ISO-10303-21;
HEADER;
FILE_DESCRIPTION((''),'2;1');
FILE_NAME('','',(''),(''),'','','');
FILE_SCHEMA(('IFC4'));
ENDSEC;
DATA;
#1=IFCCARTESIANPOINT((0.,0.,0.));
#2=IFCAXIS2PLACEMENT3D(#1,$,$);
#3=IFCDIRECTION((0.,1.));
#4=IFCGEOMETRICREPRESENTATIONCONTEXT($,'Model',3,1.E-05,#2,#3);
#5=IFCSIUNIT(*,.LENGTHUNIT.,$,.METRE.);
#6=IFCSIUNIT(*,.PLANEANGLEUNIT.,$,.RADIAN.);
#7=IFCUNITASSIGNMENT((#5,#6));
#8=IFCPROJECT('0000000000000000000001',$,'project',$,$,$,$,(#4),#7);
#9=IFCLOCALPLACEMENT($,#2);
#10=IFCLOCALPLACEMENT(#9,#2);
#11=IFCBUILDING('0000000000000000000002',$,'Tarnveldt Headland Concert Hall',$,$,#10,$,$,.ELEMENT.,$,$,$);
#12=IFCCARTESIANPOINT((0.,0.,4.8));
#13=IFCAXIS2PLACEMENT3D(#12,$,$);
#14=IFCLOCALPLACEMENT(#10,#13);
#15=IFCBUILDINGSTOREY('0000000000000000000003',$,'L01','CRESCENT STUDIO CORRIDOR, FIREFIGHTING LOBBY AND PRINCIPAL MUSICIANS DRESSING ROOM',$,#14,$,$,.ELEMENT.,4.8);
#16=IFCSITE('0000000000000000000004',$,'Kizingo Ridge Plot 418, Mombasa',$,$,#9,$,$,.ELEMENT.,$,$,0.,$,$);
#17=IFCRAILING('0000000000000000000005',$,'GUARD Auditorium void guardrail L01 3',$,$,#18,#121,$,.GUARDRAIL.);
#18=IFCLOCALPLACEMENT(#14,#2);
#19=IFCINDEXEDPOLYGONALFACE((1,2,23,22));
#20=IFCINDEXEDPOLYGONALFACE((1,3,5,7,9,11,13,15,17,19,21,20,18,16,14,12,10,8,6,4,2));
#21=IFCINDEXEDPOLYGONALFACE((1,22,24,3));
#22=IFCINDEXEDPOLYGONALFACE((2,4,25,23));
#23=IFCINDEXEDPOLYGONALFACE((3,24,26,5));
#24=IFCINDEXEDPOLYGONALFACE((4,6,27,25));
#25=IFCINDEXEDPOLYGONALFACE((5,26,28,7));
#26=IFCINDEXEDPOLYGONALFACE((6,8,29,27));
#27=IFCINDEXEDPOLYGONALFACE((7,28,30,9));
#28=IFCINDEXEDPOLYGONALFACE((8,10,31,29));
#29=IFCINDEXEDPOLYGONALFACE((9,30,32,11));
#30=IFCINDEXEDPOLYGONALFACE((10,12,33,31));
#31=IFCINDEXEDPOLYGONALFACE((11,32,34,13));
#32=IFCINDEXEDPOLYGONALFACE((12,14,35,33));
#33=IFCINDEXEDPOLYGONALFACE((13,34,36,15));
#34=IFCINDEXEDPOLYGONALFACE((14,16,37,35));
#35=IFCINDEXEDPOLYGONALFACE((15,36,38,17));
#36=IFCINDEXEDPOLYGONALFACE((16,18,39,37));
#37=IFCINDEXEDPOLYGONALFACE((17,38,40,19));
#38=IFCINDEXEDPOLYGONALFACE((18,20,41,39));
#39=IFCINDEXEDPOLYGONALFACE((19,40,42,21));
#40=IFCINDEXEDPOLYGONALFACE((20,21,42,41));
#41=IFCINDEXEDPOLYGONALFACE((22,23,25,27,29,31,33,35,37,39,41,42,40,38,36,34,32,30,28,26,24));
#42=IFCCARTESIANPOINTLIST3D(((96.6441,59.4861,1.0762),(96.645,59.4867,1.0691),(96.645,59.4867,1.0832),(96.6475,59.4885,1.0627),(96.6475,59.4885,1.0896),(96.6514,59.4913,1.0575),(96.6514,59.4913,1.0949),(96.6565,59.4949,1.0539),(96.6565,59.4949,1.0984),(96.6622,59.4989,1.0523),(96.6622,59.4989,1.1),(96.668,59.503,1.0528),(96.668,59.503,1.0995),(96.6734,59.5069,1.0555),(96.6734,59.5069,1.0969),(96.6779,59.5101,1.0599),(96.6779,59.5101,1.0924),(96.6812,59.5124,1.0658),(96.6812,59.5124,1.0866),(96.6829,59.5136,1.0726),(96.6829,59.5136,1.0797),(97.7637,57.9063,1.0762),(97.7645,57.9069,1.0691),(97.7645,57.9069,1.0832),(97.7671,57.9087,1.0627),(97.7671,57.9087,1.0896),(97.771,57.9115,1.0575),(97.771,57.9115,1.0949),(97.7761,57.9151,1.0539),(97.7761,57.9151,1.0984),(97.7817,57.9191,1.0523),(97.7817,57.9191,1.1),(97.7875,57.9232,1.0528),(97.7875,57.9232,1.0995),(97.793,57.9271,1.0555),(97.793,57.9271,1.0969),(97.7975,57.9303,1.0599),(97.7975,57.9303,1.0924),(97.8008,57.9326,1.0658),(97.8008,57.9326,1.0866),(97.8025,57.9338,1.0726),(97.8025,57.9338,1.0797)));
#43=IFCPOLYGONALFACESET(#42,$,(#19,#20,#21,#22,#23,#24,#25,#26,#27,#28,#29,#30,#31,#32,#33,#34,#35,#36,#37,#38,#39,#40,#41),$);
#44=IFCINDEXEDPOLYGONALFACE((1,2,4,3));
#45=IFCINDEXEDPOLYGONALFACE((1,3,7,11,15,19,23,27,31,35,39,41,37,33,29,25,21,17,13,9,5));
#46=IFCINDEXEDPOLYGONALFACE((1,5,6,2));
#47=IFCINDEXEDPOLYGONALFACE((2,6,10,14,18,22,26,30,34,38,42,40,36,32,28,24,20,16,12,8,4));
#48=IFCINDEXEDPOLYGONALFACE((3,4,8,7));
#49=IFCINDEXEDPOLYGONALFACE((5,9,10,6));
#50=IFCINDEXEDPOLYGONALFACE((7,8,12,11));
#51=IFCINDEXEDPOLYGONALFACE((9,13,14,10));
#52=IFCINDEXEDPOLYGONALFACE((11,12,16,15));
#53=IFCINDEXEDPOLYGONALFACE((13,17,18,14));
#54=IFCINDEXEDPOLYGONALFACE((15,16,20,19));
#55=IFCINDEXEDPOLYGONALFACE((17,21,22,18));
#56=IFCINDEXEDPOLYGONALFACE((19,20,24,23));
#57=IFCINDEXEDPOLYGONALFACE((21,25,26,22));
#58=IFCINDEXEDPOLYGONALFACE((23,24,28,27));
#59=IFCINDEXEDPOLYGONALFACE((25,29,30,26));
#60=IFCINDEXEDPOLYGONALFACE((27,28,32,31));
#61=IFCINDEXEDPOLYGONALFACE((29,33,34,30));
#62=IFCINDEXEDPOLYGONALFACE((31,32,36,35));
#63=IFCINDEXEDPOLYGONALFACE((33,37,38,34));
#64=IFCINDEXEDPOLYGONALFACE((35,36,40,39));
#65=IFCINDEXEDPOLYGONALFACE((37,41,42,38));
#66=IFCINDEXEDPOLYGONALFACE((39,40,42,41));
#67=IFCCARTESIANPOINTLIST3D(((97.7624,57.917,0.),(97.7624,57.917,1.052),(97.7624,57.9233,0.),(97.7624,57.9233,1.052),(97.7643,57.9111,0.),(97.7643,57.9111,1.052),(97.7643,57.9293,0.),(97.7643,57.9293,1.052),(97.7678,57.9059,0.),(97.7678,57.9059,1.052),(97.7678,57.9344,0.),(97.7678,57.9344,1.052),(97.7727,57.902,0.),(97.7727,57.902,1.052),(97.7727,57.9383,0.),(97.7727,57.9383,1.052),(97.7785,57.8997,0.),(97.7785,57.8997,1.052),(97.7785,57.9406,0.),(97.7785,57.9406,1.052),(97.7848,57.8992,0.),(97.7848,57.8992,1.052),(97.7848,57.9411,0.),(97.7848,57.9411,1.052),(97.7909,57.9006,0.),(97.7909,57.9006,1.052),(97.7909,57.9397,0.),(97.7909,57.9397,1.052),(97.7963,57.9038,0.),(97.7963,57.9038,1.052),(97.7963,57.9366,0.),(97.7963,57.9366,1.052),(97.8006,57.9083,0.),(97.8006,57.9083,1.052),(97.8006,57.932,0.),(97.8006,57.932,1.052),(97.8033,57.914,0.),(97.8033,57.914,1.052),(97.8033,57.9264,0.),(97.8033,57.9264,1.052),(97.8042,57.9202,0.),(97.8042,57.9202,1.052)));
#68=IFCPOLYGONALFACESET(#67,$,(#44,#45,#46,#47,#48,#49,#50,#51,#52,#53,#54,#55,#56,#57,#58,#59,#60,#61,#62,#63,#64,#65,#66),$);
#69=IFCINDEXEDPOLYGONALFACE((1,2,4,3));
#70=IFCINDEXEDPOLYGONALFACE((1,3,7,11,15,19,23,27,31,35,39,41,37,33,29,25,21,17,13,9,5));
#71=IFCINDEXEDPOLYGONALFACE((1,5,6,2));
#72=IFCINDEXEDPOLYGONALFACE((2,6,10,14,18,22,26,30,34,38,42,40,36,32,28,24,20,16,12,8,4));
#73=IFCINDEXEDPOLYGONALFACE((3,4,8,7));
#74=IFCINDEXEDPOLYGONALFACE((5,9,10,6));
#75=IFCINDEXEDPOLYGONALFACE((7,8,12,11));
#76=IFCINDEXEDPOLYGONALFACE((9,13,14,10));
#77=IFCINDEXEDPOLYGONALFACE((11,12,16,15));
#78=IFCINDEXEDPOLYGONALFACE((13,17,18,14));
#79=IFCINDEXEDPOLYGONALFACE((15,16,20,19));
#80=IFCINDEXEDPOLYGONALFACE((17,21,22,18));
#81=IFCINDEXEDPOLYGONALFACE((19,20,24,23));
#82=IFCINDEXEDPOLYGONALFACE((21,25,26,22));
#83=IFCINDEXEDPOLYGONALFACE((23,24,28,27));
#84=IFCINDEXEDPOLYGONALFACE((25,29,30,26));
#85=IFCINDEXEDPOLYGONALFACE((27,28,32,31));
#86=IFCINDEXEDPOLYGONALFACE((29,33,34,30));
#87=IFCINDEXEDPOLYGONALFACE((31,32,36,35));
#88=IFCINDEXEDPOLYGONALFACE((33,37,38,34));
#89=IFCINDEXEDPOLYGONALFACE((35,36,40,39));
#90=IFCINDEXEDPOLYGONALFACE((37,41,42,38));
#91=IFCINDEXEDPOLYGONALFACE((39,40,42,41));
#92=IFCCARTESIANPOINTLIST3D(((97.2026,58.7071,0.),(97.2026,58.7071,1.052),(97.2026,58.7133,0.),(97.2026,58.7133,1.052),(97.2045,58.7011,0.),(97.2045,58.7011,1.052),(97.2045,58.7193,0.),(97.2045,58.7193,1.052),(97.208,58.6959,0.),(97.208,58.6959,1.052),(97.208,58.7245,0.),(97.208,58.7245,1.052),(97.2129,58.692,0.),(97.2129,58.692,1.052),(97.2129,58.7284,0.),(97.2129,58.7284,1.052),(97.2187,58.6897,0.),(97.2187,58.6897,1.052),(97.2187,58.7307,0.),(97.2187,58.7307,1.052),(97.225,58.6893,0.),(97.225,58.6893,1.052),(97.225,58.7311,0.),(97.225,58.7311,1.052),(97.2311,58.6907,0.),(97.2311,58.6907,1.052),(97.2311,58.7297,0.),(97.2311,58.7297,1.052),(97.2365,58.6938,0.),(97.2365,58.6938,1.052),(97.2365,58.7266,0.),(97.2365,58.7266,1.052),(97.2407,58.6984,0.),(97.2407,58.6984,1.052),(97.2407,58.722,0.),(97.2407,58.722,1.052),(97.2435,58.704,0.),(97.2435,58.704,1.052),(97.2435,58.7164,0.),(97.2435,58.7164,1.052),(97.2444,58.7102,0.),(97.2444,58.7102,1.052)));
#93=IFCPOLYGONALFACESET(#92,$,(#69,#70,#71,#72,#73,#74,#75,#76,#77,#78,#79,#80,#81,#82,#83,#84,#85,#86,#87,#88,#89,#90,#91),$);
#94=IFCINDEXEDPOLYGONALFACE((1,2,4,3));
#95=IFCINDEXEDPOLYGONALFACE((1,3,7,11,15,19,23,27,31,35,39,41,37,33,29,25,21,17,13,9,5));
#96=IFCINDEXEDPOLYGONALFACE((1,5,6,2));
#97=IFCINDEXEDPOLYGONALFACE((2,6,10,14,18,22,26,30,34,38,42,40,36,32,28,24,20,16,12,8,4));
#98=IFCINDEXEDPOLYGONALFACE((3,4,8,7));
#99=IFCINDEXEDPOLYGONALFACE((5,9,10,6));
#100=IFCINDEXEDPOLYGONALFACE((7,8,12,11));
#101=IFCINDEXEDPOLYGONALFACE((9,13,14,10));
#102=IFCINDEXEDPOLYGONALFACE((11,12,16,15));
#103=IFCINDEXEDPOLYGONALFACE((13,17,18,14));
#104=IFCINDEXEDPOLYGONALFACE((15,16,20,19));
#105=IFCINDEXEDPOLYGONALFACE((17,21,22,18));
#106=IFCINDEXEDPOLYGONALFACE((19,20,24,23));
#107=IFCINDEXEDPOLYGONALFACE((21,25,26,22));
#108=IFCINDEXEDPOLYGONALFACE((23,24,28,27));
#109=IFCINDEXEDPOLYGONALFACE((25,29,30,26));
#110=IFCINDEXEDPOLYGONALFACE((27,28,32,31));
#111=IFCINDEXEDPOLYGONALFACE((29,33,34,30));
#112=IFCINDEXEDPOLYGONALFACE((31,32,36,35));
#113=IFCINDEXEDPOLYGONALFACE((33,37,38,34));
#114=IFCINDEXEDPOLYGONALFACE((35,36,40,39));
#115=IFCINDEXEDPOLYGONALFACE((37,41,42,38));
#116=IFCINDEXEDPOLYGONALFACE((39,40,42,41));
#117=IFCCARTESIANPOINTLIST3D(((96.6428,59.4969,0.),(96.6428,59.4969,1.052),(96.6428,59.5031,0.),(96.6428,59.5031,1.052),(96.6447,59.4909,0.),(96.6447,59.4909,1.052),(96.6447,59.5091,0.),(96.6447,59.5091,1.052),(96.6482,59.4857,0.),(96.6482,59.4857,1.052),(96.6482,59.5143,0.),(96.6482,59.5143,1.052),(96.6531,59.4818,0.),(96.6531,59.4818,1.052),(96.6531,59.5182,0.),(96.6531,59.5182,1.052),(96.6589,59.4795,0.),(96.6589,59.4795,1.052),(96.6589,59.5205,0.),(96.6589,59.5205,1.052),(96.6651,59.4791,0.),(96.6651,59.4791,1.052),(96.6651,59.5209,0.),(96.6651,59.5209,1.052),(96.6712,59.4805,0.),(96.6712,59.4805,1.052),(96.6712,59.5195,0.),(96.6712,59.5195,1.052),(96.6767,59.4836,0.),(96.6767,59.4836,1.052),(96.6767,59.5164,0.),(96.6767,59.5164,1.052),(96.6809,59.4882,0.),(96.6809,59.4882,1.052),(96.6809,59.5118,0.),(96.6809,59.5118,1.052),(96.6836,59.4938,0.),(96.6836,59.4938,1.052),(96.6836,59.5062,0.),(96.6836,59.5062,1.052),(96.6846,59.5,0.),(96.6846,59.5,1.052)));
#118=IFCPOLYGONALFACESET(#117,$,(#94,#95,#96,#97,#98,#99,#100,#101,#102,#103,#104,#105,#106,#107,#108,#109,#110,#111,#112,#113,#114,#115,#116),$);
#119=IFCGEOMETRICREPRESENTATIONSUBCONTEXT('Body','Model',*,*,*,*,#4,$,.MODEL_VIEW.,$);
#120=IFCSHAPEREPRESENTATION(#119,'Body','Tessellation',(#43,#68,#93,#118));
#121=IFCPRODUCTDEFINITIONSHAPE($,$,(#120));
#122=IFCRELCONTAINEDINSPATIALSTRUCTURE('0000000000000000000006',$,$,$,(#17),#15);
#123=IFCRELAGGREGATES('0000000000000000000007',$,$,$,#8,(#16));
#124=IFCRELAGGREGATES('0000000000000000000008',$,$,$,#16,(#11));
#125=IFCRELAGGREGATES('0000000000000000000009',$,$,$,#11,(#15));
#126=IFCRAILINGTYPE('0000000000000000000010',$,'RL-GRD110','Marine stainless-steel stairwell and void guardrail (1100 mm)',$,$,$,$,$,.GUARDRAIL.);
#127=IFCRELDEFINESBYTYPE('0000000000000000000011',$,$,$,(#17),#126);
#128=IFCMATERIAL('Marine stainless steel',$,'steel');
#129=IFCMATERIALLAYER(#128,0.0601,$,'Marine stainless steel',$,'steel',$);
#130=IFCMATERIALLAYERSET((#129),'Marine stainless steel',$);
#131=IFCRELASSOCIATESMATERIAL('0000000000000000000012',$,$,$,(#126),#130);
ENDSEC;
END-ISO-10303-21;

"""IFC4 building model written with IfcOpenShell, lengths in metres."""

from ifc_helpers import new_model, si_unit, direction, frame, origin, origin_2d, place, context, subcontext, project, spatial, circle, extrude, material, layer, layer_set, type_object, element, save


model = new_model("IFC4")

# Units and contexts
model_context = context("Model", 3, precision=1e-05, world=origin(), true_north=direction((0.0, 1.0)))
body_context = subcontext(model_context, "Body", "Model", "MODEL_VIEW")
ifc_project = project(units=[si_unit("LENGTHUNIT", "METRE"), si_unit("PLANEANGLEUNIT", "RADIAN")], contexts=[model_context])

# Site, building, storey
site_placement = place(None, origin())
site = spatial("IfcSite", under=ifc_project, at=site_placement, Name="Kizingo Ridge Plot 418, Mombasa", CompositionType="ELEMENT", RefElevation=0.0)
building_placement = place(site_placement, origin())
building = spatial("IfcBuilding", under=site, at=building_placement, Name="Tarnveldt Headland Concert Hall", CompositionType="ELEMENT")
storey_placement = place(building_placement, frame((0.0, 0.0, 4.8)))
storey = spatial("IfcBuildingStorey", under=building, at=storey_placement, Name="L01", Description="CRESCENT STUDIO CORRIDOR, FIREFIGHTING LOBBY AND PRINCIPAL MUSICIANS DRESSING ROOM", CompositionType="ELEMENT", Elevation=4.8)

# Railing
ifc_material_1 = material(Name="Marine stainless steel", Category="steel")
ifc_layer_1 = layer(ifc_material_1, 0.0601, Name="Marine stainless steel", Category="steel")
ifc_layer_set_1 = layer_set([ifc_layer_1], Name="Marine stainless steel")
railing_type = type_object("IfcRailingType", Name="RL-GRD110", Description="Marine stainless-steel stairwell and void guardrail (1100 mm)", PredefinedType="GUARDRAIL", material=ifc_layer_set_1)
railing_1_placement = place(storey_placement, frame((97.7832, 57.9202, 0.0)))
element("IfcRailing", 1, at=railing_1_placement, inside=storey, type_object=railing_type, Name="GUARD Auditorium void guardrail L01 3", PredefinedType="GUARDRAIL", context=body_context, shape_type="SweptSolid", body=[
    extrude(circle(Radius=0.0239, at=origin_2d()), frame((0.0, 0.0, 1.0762), z_axis=(-0.578217, 0.815883, 0.0), x_axis=(-0.815883, -0.578217, 0.0)), (0.0, 0.0, 1.0), 1.9363),
    extrude(circle(Radius=0.021, at=origin_2d()), origin(), (0.0, 0.0, 1.0), 1.052),
    extrude(circle(Radius=0.021, at=origin_2d()), frame((-0.5598, 0.79, 0.0)), (0.0, 0.0, 1.0), 1.052),
    extrude(circle(Radius=0.021, at=origin_2d()), frame((-1.1196, 1.5798, 0.0)), (0.0, 0.0, 1.0), 1.052),
])

save(model, "model.ifc")
